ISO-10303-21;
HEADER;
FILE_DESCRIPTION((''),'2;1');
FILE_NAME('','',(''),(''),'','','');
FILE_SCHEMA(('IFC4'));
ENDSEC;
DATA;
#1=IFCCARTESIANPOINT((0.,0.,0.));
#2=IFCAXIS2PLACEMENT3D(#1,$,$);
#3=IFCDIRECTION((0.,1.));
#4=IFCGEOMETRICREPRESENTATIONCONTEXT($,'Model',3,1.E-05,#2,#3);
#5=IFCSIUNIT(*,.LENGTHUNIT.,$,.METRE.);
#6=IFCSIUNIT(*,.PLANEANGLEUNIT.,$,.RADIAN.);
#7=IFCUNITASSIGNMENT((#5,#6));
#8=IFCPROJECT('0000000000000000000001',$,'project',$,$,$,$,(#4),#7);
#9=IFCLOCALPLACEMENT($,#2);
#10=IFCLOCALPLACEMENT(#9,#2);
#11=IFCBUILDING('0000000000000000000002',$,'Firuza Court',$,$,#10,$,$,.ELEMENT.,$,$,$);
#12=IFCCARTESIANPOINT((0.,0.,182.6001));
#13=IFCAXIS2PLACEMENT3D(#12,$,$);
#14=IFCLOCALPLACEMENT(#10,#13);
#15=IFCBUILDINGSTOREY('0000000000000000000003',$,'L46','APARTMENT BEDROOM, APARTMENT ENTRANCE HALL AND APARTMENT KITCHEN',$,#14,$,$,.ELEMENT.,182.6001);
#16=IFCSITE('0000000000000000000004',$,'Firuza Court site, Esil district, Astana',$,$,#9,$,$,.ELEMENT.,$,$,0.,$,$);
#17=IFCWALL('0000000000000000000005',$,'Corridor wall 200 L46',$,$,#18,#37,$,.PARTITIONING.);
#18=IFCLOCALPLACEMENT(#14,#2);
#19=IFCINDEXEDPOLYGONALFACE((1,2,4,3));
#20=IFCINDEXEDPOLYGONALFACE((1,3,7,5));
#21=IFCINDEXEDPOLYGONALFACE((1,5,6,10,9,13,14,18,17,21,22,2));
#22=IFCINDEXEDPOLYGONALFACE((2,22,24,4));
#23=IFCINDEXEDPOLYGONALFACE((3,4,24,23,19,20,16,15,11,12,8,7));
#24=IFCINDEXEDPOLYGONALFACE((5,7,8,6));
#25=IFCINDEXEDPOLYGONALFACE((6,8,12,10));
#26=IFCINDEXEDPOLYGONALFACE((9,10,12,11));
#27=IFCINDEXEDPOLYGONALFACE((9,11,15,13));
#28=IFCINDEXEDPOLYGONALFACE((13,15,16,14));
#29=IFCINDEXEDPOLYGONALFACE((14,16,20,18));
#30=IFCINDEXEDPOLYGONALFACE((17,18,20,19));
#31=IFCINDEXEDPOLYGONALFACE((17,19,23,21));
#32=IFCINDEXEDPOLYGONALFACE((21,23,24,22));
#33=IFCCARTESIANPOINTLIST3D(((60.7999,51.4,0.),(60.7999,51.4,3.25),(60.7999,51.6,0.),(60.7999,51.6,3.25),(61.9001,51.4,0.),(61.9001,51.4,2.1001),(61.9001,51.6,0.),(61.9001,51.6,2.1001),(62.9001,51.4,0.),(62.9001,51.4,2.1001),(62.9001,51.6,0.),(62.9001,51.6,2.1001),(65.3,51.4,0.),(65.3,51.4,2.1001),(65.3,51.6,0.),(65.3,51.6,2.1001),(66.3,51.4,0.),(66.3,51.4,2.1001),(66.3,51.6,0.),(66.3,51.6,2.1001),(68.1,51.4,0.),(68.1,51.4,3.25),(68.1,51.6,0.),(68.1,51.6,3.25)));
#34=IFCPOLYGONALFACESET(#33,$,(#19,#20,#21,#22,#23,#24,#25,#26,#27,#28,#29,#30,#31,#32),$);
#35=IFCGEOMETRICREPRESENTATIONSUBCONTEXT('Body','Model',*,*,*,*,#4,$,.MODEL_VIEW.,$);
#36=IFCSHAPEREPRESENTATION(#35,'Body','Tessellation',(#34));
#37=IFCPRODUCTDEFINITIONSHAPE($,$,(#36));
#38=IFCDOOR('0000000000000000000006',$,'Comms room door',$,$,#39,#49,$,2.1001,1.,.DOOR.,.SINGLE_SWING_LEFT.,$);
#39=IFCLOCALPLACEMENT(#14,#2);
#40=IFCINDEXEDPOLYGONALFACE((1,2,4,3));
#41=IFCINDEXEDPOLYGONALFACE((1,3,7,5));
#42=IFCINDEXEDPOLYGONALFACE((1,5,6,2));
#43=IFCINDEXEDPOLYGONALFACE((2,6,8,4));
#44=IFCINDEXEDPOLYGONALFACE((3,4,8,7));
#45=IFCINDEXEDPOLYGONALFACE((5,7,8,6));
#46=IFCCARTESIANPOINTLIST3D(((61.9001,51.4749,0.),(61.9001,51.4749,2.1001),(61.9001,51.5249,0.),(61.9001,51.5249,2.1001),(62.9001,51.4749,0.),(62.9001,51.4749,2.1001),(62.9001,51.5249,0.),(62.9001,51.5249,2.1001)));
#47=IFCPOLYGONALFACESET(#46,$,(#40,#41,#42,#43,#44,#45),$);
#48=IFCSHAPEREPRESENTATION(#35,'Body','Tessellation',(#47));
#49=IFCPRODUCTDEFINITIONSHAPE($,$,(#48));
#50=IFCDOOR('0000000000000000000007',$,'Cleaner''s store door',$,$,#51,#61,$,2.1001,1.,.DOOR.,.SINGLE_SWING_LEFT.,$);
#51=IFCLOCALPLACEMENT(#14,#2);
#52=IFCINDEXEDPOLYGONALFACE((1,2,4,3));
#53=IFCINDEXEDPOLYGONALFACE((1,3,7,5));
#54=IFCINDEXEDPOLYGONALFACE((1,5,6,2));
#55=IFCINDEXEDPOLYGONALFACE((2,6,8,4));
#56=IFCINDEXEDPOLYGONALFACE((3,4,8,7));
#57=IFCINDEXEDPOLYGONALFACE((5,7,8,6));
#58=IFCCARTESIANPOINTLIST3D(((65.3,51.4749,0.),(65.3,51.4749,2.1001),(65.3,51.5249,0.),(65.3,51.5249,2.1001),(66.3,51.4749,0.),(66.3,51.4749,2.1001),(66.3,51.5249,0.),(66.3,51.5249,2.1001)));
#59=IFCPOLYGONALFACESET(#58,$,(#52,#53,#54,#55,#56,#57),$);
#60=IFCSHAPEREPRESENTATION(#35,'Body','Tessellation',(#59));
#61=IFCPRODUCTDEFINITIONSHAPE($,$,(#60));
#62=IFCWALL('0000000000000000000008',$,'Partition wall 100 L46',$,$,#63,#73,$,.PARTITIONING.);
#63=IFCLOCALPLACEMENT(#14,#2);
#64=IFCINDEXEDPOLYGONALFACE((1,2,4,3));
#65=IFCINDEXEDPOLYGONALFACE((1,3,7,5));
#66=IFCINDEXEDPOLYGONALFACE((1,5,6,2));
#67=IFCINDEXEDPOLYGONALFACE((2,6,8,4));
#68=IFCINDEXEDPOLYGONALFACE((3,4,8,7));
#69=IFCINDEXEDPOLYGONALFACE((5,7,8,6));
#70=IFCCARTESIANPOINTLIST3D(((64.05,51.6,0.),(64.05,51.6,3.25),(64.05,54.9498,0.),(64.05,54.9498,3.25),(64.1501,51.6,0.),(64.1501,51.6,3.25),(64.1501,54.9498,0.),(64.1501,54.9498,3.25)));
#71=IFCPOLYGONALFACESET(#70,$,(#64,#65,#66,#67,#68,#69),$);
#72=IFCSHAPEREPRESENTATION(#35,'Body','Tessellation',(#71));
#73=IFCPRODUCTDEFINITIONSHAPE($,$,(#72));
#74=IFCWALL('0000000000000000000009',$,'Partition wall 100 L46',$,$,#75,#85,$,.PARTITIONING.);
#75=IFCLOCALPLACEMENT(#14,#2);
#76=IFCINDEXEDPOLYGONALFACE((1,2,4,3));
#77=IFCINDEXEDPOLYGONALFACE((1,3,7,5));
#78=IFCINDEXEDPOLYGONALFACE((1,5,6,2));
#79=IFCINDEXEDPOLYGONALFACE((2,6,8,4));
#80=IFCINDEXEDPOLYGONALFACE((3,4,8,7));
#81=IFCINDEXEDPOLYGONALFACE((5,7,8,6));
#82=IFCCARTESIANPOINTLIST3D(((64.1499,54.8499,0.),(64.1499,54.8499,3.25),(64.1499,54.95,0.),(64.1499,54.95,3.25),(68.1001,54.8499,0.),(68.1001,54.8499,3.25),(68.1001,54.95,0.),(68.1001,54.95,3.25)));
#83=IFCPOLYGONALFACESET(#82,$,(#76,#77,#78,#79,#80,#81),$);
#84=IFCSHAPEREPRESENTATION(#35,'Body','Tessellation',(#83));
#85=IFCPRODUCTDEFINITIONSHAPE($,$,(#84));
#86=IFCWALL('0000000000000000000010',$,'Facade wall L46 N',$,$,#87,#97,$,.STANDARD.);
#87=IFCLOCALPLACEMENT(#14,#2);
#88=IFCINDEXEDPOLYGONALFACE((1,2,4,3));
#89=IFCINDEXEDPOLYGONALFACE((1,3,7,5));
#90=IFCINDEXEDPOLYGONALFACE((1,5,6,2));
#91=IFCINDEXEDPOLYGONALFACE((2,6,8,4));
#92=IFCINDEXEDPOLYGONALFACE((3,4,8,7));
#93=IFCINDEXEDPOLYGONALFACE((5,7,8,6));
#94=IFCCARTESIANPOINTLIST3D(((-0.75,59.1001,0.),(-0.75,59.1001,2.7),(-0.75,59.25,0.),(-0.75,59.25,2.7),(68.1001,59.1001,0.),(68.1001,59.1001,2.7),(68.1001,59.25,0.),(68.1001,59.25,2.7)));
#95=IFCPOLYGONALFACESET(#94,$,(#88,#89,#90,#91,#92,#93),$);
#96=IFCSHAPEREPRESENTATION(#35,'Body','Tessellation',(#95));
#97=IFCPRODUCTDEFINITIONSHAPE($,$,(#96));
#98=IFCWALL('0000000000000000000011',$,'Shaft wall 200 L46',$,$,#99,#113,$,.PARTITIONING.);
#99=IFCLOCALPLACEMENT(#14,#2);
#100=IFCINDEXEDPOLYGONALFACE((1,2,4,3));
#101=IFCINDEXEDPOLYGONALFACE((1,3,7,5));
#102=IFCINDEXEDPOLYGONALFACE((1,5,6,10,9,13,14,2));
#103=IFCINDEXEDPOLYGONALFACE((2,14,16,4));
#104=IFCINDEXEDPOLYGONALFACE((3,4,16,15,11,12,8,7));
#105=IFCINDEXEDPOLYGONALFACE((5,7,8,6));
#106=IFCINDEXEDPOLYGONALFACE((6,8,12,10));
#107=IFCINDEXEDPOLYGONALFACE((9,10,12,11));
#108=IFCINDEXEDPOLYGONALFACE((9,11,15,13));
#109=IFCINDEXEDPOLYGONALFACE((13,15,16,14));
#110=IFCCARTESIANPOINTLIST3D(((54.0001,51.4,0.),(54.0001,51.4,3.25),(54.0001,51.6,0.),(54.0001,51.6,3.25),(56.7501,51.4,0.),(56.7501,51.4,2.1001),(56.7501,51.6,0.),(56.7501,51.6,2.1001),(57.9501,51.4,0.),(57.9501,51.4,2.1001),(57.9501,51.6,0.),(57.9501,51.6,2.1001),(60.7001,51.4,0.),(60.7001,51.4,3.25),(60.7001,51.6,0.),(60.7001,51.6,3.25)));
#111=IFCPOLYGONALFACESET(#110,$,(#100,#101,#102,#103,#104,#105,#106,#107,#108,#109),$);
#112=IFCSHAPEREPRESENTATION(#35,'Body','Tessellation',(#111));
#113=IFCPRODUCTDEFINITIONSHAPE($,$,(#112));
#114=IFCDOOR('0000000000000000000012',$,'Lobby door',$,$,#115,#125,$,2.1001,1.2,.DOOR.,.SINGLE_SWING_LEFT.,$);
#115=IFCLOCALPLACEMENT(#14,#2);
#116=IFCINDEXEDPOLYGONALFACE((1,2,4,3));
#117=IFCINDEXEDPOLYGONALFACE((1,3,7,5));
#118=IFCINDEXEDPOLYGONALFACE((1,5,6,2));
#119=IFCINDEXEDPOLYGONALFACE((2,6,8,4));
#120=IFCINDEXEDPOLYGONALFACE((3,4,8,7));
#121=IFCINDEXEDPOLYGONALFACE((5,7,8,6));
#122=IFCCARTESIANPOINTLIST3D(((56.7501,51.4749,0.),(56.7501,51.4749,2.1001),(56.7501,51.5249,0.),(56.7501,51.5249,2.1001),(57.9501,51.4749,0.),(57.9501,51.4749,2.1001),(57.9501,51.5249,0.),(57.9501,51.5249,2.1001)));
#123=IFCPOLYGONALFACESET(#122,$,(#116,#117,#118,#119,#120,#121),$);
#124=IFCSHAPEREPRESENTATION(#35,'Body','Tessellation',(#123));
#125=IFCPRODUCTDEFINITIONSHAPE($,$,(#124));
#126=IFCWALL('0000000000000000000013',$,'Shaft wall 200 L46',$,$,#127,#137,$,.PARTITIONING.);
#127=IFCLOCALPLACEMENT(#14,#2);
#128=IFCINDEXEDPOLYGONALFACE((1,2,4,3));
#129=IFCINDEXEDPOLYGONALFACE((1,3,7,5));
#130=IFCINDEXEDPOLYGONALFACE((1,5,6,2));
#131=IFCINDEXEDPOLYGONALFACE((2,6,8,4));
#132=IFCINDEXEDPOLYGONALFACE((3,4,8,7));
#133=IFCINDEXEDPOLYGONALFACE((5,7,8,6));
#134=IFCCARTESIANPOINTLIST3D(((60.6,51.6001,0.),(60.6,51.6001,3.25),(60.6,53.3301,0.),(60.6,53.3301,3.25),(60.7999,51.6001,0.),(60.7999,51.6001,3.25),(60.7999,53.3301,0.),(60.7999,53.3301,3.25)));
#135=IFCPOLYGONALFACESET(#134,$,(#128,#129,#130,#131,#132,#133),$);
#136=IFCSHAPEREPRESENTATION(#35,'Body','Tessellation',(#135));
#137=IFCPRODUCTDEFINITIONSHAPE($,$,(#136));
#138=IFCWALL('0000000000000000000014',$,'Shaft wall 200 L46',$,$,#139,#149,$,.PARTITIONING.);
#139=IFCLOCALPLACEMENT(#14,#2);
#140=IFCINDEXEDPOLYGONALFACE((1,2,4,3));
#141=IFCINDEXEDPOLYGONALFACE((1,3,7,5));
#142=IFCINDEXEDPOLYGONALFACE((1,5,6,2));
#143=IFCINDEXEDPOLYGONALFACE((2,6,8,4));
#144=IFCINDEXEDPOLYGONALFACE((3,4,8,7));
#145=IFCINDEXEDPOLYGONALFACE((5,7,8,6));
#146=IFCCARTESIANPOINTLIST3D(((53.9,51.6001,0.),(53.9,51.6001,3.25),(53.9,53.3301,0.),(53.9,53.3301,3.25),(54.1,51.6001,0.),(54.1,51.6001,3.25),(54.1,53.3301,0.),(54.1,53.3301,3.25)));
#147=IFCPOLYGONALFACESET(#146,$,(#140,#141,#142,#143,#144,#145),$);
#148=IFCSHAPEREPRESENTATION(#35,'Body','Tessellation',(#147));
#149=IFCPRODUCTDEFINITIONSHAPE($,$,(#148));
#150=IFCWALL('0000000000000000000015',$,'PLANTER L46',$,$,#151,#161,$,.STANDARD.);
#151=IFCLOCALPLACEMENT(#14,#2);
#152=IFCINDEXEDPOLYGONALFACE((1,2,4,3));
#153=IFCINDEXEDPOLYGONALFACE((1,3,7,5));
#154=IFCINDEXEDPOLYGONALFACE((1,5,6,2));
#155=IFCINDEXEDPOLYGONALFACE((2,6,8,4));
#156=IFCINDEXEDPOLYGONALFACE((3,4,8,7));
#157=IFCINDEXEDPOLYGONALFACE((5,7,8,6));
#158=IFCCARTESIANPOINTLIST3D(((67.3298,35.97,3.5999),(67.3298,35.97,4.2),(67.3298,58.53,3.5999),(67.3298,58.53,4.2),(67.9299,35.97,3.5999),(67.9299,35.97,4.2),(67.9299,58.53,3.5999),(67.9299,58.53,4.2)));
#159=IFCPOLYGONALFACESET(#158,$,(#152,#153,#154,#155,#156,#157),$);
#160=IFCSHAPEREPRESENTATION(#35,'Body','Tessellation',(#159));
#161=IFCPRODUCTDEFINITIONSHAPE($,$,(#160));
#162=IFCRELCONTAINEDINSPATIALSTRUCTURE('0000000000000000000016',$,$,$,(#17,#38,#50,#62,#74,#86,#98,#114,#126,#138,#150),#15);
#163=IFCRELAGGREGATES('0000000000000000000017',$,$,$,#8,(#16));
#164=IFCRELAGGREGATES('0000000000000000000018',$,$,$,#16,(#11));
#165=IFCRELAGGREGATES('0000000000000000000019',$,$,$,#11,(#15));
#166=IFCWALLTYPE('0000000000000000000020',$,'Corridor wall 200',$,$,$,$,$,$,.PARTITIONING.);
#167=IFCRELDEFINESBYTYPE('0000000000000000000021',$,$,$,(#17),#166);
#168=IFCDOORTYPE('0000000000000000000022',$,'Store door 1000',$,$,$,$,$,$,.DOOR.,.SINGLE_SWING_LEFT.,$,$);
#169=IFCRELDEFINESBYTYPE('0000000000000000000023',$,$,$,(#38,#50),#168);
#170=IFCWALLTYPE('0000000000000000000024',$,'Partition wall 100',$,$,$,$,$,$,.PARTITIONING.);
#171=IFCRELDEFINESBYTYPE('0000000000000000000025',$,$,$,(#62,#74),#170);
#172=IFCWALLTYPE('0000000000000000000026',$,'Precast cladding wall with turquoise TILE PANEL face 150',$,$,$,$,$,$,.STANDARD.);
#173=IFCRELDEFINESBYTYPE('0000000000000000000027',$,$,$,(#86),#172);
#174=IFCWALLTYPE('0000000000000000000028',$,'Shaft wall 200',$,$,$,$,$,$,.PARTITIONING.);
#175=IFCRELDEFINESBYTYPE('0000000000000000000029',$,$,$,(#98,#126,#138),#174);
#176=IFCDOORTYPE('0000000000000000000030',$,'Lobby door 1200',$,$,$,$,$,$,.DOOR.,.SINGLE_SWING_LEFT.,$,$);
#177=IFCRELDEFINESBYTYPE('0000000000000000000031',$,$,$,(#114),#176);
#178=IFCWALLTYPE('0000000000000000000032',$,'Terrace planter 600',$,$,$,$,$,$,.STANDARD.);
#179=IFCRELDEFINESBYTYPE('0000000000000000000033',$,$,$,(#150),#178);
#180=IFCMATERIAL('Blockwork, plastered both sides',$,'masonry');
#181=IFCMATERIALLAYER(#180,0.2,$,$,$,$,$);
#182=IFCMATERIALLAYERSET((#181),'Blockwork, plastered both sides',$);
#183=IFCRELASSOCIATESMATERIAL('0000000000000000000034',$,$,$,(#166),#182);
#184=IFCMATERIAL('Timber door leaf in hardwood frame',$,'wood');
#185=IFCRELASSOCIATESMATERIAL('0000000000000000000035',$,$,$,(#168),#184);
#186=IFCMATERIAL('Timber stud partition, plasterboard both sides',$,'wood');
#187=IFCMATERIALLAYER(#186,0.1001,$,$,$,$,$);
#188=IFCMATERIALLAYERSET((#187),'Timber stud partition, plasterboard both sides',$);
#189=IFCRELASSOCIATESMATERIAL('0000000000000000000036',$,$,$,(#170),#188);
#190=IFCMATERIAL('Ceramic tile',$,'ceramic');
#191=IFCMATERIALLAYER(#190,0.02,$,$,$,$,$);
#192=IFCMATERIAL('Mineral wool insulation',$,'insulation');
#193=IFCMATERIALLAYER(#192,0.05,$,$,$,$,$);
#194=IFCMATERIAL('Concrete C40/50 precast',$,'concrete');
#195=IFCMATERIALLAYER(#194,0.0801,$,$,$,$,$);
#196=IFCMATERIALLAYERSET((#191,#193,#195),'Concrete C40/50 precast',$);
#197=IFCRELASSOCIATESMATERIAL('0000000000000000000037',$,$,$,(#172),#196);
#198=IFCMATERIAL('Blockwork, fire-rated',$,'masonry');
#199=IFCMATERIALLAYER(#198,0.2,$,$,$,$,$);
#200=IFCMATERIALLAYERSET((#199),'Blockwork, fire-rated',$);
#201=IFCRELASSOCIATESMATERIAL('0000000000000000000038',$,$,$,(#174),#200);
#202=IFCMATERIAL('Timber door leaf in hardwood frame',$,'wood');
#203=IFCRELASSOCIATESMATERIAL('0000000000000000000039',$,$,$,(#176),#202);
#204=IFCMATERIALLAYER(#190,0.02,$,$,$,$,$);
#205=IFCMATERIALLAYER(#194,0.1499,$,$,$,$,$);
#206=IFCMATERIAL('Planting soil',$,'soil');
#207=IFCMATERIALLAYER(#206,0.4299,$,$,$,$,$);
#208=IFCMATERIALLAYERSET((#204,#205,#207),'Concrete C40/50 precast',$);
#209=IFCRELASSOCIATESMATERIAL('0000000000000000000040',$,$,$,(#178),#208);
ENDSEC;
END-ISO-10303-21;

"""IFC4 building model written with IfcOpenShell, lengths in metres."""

from ifc_helpers import new_model, si_unit, direction, frame, frame_2d, origin, place, context, subcontext, project, spatial, rectangle, extrude, material, layer, layer_set, type_object, element, fill, save


model = new_model("IFC4")

# Units and contexts
model_context = context("Model", 3, precision=1e-05, world=origin(), true_north=direction((0.0, 1.0)))
body_context = subcontext(model_context, "Body", "Model", "MODEL_VIEW")
ifc_project = project(units=[si_unit("LENGTHUNIT", "METRE"), si_unit("PLANEANGLEUNIT", "RADIAN")], contexts=[model_context])

# Site, building, storey
site_placement = place(None, origin())
site = spatial("IfcSite", under=ifc_project, at=site_placement, Name="Firuza Court site, Esil district, Astana", CompositionType="ELEMENT", RefElevation=0.0)
building_placement = place(site_placement, origin())
building = spatial("IfcBuilding", under=site, at=building_placement, Name="Firuza Court", CompositionType="ELEMENT")
storey_placement = place(building_placement, frame((0.0, 0.0, 182.6001)))
storey = spatial("IfcBuildingStorey", under=building, at=storey_placement, Name="L46", Description="APARTMENT BEDROOM, APARTMENT ENTRANCE HALL AND APARTMENT KITCHEN", CompositionType="ELEMENT", Elevation=182.6001)

# Wall, openings, doors
ifc_material_1 = material(Name="Blockwork, plastered both sides", Category="masonry")
ifc_layer_1 = layer(ifc_material_1, 0.2)
ifc_layer_set_1 = layer_set([ifc_layer_1], Name="Blockwork, plastered both sides")
wall_type_1 = type_object("IfcWallType", Name="Corridor wall 200", PredefinedType="PARTITIONING", material=ifc_layer_set_1)
wall_1_placement = place(storey_placement, frame((60.8, 51.5, 0.0), z_axis=(0.0, 0.0, 1.0), x_axis=(1.0, 0.0, 0.0)))
wall_1 = element("IfcWall", 1, at=wall_1_placement, inside=storey, type_object=wall_type_1, Name="Corridor wall 200 L46", PredefinedType="PARTITIONING", context=body_context, shape_type="SweptSolid", body=[
    extrude(rectangle(XDim=7.3, YDim=0.2, at=frame_2d((3.6499, 0.0))), origin(), (0.0, 0.0, 1.0), 3.25),
])
opening_1_placement = place(wall_1_placement, frame((1.1001, 0.0, 0.0)))
opening_1 = element("IfcOpeningElement", 2, at=opening_1_placement, cuts=wall_1, PredefinedType="OPENING", context=body_context, shape_type="SweptSolid", body=[
    extrude(rectangle(XDim=1.0, YDim=2.1001, at=frame_2d((0.5, 1.05))), frame((0.0, 0.1118, 0.0), z_axis=(0.0, -1.0, 0.0), x_axis=(1.0, 0.0, 0.0)), (0.0, 0.0, 1.0), 0.2239),
])
opening_2_placement = place(wall_1_placement, frame((4.5, 0.0, 0.0)))
opening_2 = element("IfcOpeningElement", 3, at=opening_2_placement, cuts=wall_1, PredefinedType="OPENING", context=body_context, shape_type="SweptSolid", body=[
    extrude(rectangle(XDim=1.0, YDim=2.1001, at=frame_2d((0.5, 1.05))), frame((0.0, 0.1118, 0.0), z_axis=(0.0, -1.0, 0.0), x_axis=(1.0, 0.0, 0.0)), (0.0, 0.0, 1.0), 0.2239),
])
ifc_material_2 = material(Name="Timber door leaf in hardwood frame", Category="wood")
door_type_1 = type_object("IfcDoorType", Name="Store door 1000", OperationType="SINGLE_SWING_LEFT", PredefinedType="DOOR", material=ifc_material_2)
door_1_placement = place(opening_1_placement, origin())
door_1 = element("IfcDoor", 4, at=door_1_placement, inside=storey, type_object=door_type_1, Name="Comms room door", OperationType="SINGLE_SWING_LEFT", OverallHeight=2.1001, OverallWidth=1.0, PredefinedType="DOOR", context=body_context, shape_type="SweptSolid", body=[
    extrude(rectangle(XDim=1.0, YDim=2.1001, at=frame_2d((0.5, 1.05))), frame((0.0, 0.0249, 0.0), z_axis=(0.0, -1.0, 0.0), x_axis=(1.0, 0.0, 0.0)), (0.0, 0.0, 1.0), 0.05),
])
fill(opening_1, door_1)
door_2_placement = place(opening_2_placement, origin())
door_2 = element("IfcDoor", 5, at=door_2_placement, inside=storey, type_object=door_type_1, Name="Cleaner's store door", OperationType="SINGLE_SWING_LEFT", OverallHeight=2.1001, OverallWidth=1.0, PredefinedType="DOOR", context=body_context, shape_type="SweptSolid", body=[
    extrude(rectangle(XDim=1.0, YDim=2.1001, at=frame_2d((0.5, 1.05))), frame((0.0, 0.0249, 0.0), z_axis=(0.0, -1.0, 0.0), x_axis=(1.0, 0.0, 0.0)), (0.0, 0.0, 1.0), 0.05),
])
fill(opening_2, door_2)

# Walls
ifc_material_3 = material(Name="Timber stud partition, plasterboard both sides", Category="wood")
ifc_layer_2 = layer(ifc_material_3, 0.1001)
ifc_layer_set_2 = layer_set([ifc_layer_2], Name="Timber stud partition, plasterboard both sides")
wall_type_2 = type_object("IfcWallType", Name="Partition wall 100", PredefinedType="PARTITIONING", material=ifc_layer_set_2)
wall_2_placement = place(storey_placement, frame((64.1001, 51.6001, 0.0), z_axis=(0.0, 0.0, 1.0), x_axis=(0.0, 1.0, 0.0)))
element("IfcWall", 6, at=wall_2_placement, inside=storey, type_object=wall_type_2, Name="Partition wall 100 L46", PredefinedType="PARTITIONING", context=body_context, shape_type="SweptSolid", body=[
    extrude(rectangle(XDim=3.3499, YDim=0.1001, at=frame_2d((1.6748, 0.0))), origin(), (0.0, 0.0, 1.0), 3.25),
])
wall_3_placement = place(storey_placement, frame((64.1499, 54.8999, 0.0), z_axis=(0.0, 0.0, 1.0), x_axis=(1.0, 0.0, 0.0)))
element("IfcWall", 7, at=wall_3_placement, inside=storey, type_object=wall_type_2, Name="Partition wall 100 L46", PredefinedType="PARTITIONING", context=body_context, shape_type="SweptSolid", body=[
    extrude(rectangle(XDim=3.9502, YDim=0.1001, at=frame_2d((1.9751, 0.0))), origin(), (0.0, 0.0, 1.0), 3.25),
])
ifc_material_4 = material(Name="Ceramic tile", Category="ceramic")
ifc_layer_3 = layer(ifc_material_4, 0.02)
ifc_material_5 = material(Name="Mineral wool insulation", Category="insulation")
ifc_layer_4 = layer(ifc_material_5, 0.05)
ifc_material_6 = material(Name="Concrete C40/50 precast", Category="concrete")
ifc_layer_5 = layer(ifc_material_6, 0.0801)
ifc_layer_set_3 = layer_set([ifc_layer_3, ifc_layer_4, ifc_layer_5], Name="Concrete C40/50 precast")
wall_type_3 = type_object("IfcWallType", Name="Precast cladding wall with turquoise TILE PANEL face 150", PredefinedType="STANDARD", material=ifc_layer_set_3)
wall_4_placement = place(storey_placement, frame((68.1001, 59.175, 0.0), z_axis=(0.0, 0.0, 1.0), x_axis=(-1.0, 0.0, 0.0)))
element("IfcWall", 8, at=wall_4_placement, inside=storey, type_object=wall_type_3, Name="Facade wall L46 N", PredefinedType="STANDARD", context=body_context, shape_type="SweptSolid", body=[
    extrude(rectangle(XDim=68.8501, YDim=0.1499, at=frame_2d((34.425, 0.0))), origin(), (0.0, 0.0, 1.0), 2.7),
])

# Wall, opening, door
ifc_material_7 = material(Name="Blockwork, fire-rated", Category="masonry")
ifc_layer_6 = layer(ifc_material_7, 0.2)
ifc_layer_set_4 = layer_set([ifc_layer_6], Name="Blockwork, fire-rated")
wall_type_4 = type_object("IfcWallType", Name="Shaft wall 200", PredefinedType="PARTITIONING", material=ifc_layer_set_4)
wall_5_placement = place(storey_placement, frame((54.0, 51.5, 0.0), z_axis=(0.0, 0.0, 1.0), x_axis=(1.0, 0.0, 0.0)))
wall_5 = element("IfcWall", 9, at=wall_5_placement, inside=storey, type_object=wall_type_4, Name="Shaft wall 200 L46", PredefinedType="PARTITIONING", context=body_context, shape_type="SweptSolid", body=[
    extrude(rectangle(XDim=6.7, YDim=0.2, at=frame_2d((3.3501, 0.0))), origin(), (0.0, 0.0, 1.0), 3.25),
])
opening_3_placement = place(wall_5_placement, frame((2.75, 0.0, 0.0)))
opening_3 = element("IfcOpeningElement", 10, at=opening_3_placement, cuts=wall_5, PredefinedType="OPENING", context=body_context, shape_type="SweptSolid", body=[
    extrude(rectangle(XDim=1.2, YDim=2.1001, at=frame_2d((0.6001, 1.05))), frame((0.0, 0.1118, 0.0), z_axis=(0.0, -1.0, 0.0), x_axis=(1.0, 0.0, 0.0)), (0.0, 0.0, 1.0), 0.2239),
])
ifc_material_8 = material(Name="Timber door leaf in hardwood frame", Category="wood")
door_type_2 = type_object("IfcDoorType", Name="Lobby door 1200", OperationType="SINGLE_SWING_LEFT", PredefinedType="DOOR", material=ifc_material_8)
door_3_placement = place(opening_3_placement, origin())
door_3 = element("IfcDoor", 11, at=door_3_placement, inside=storey, type_object=door_type_2, Name="Lobby door", OperationType="SINGLE_SWING_LEFT", OverallHeight=2.1001, OverallWidth=1.2, PredefinedType="DOOR", context=body_context, shape_type="SweptSolid", body=[
    extrude(rectangle(XDim=1.2, YDim=2.1001, at=frame_2d((0.6001, 1.05))), frame((0.0, 0.0249, 0.0), z_axis=(0.0, -1.0, 0.0), x_axis=(1.0, 0.0, 0.0)), (0.0, 0.0, 1.0), 0.05),
])
fill(opening_3, door_3)

# Walls
for number, where, z_axis, x_axis, name in (
    (12, (60.7, 51.6001, 0.0), (0.0, 0.0, 1.0), (0.0, 1.0, 0.0), "Shaft wall 200 L46"),
    (13, (54.0, 51.6001, 0.0), (0.0, 0.0, 1.0), (0.0, 1.0, 0.0), "Shaft wall 200 L46"),
):
    element("IfcWall", number, at=place(storey_placement, frame(where, z_axis=z_axis, x_axis=x_axis)), inside=storey, type_object=wall_type_4, Name=name, PredefinedType="PARTITIONING", context=body_context, shape_type="SweptSolid", body=[
        extrude(rectangle(XDim=1.73, YDim=0.2, at=frame_2d((0.865, 0.0))), origin(), (0.0, 0.0, 1.0), 3.25),
    ])
ifc_layer_7 = layer(ifc_material_4, 0.02)
ifc_layer_8 = layer(ifc_material_6, 0.1499)
ifc_material_9 = material(Name="Planting soil", Category="soil")
ifc_layer_9 = layer(ifc_material_9, 0.4299)
ifc_layer_set_5 = layer_set([ifc_layer_7, ifc_layer_8, ifc_layer_9], Name="Concrete C40/50 precast")
wall_type_5 = type_object("IfcWallType", Name="Terrace planter 600", PredefinedType="STANDARD", material=ifc_layer_set_5)
wall_6_placement = place(storey_placement, frame((67.6299, 58.53, 3.5999), z_axis=(0.0, 0.0, 1.0), x_axis=(0.0, -1.0, 0.0)))
element("IfcWall", 14, at=wall_6_placement, inside=storey, type_object=wall_type_5, Name="PLANTER L46", PredefinedType="STANDARD", context=body_context, shape_type="SweptSolid", body=[
    extrude(rectangle(XDim=22.5601, YDim=0.6001, at=frame_2d((11.28, 0.0))), origin(), (0.0, 0.0, 1.0), 0.6001),
])

save(model, "model.ifc")
